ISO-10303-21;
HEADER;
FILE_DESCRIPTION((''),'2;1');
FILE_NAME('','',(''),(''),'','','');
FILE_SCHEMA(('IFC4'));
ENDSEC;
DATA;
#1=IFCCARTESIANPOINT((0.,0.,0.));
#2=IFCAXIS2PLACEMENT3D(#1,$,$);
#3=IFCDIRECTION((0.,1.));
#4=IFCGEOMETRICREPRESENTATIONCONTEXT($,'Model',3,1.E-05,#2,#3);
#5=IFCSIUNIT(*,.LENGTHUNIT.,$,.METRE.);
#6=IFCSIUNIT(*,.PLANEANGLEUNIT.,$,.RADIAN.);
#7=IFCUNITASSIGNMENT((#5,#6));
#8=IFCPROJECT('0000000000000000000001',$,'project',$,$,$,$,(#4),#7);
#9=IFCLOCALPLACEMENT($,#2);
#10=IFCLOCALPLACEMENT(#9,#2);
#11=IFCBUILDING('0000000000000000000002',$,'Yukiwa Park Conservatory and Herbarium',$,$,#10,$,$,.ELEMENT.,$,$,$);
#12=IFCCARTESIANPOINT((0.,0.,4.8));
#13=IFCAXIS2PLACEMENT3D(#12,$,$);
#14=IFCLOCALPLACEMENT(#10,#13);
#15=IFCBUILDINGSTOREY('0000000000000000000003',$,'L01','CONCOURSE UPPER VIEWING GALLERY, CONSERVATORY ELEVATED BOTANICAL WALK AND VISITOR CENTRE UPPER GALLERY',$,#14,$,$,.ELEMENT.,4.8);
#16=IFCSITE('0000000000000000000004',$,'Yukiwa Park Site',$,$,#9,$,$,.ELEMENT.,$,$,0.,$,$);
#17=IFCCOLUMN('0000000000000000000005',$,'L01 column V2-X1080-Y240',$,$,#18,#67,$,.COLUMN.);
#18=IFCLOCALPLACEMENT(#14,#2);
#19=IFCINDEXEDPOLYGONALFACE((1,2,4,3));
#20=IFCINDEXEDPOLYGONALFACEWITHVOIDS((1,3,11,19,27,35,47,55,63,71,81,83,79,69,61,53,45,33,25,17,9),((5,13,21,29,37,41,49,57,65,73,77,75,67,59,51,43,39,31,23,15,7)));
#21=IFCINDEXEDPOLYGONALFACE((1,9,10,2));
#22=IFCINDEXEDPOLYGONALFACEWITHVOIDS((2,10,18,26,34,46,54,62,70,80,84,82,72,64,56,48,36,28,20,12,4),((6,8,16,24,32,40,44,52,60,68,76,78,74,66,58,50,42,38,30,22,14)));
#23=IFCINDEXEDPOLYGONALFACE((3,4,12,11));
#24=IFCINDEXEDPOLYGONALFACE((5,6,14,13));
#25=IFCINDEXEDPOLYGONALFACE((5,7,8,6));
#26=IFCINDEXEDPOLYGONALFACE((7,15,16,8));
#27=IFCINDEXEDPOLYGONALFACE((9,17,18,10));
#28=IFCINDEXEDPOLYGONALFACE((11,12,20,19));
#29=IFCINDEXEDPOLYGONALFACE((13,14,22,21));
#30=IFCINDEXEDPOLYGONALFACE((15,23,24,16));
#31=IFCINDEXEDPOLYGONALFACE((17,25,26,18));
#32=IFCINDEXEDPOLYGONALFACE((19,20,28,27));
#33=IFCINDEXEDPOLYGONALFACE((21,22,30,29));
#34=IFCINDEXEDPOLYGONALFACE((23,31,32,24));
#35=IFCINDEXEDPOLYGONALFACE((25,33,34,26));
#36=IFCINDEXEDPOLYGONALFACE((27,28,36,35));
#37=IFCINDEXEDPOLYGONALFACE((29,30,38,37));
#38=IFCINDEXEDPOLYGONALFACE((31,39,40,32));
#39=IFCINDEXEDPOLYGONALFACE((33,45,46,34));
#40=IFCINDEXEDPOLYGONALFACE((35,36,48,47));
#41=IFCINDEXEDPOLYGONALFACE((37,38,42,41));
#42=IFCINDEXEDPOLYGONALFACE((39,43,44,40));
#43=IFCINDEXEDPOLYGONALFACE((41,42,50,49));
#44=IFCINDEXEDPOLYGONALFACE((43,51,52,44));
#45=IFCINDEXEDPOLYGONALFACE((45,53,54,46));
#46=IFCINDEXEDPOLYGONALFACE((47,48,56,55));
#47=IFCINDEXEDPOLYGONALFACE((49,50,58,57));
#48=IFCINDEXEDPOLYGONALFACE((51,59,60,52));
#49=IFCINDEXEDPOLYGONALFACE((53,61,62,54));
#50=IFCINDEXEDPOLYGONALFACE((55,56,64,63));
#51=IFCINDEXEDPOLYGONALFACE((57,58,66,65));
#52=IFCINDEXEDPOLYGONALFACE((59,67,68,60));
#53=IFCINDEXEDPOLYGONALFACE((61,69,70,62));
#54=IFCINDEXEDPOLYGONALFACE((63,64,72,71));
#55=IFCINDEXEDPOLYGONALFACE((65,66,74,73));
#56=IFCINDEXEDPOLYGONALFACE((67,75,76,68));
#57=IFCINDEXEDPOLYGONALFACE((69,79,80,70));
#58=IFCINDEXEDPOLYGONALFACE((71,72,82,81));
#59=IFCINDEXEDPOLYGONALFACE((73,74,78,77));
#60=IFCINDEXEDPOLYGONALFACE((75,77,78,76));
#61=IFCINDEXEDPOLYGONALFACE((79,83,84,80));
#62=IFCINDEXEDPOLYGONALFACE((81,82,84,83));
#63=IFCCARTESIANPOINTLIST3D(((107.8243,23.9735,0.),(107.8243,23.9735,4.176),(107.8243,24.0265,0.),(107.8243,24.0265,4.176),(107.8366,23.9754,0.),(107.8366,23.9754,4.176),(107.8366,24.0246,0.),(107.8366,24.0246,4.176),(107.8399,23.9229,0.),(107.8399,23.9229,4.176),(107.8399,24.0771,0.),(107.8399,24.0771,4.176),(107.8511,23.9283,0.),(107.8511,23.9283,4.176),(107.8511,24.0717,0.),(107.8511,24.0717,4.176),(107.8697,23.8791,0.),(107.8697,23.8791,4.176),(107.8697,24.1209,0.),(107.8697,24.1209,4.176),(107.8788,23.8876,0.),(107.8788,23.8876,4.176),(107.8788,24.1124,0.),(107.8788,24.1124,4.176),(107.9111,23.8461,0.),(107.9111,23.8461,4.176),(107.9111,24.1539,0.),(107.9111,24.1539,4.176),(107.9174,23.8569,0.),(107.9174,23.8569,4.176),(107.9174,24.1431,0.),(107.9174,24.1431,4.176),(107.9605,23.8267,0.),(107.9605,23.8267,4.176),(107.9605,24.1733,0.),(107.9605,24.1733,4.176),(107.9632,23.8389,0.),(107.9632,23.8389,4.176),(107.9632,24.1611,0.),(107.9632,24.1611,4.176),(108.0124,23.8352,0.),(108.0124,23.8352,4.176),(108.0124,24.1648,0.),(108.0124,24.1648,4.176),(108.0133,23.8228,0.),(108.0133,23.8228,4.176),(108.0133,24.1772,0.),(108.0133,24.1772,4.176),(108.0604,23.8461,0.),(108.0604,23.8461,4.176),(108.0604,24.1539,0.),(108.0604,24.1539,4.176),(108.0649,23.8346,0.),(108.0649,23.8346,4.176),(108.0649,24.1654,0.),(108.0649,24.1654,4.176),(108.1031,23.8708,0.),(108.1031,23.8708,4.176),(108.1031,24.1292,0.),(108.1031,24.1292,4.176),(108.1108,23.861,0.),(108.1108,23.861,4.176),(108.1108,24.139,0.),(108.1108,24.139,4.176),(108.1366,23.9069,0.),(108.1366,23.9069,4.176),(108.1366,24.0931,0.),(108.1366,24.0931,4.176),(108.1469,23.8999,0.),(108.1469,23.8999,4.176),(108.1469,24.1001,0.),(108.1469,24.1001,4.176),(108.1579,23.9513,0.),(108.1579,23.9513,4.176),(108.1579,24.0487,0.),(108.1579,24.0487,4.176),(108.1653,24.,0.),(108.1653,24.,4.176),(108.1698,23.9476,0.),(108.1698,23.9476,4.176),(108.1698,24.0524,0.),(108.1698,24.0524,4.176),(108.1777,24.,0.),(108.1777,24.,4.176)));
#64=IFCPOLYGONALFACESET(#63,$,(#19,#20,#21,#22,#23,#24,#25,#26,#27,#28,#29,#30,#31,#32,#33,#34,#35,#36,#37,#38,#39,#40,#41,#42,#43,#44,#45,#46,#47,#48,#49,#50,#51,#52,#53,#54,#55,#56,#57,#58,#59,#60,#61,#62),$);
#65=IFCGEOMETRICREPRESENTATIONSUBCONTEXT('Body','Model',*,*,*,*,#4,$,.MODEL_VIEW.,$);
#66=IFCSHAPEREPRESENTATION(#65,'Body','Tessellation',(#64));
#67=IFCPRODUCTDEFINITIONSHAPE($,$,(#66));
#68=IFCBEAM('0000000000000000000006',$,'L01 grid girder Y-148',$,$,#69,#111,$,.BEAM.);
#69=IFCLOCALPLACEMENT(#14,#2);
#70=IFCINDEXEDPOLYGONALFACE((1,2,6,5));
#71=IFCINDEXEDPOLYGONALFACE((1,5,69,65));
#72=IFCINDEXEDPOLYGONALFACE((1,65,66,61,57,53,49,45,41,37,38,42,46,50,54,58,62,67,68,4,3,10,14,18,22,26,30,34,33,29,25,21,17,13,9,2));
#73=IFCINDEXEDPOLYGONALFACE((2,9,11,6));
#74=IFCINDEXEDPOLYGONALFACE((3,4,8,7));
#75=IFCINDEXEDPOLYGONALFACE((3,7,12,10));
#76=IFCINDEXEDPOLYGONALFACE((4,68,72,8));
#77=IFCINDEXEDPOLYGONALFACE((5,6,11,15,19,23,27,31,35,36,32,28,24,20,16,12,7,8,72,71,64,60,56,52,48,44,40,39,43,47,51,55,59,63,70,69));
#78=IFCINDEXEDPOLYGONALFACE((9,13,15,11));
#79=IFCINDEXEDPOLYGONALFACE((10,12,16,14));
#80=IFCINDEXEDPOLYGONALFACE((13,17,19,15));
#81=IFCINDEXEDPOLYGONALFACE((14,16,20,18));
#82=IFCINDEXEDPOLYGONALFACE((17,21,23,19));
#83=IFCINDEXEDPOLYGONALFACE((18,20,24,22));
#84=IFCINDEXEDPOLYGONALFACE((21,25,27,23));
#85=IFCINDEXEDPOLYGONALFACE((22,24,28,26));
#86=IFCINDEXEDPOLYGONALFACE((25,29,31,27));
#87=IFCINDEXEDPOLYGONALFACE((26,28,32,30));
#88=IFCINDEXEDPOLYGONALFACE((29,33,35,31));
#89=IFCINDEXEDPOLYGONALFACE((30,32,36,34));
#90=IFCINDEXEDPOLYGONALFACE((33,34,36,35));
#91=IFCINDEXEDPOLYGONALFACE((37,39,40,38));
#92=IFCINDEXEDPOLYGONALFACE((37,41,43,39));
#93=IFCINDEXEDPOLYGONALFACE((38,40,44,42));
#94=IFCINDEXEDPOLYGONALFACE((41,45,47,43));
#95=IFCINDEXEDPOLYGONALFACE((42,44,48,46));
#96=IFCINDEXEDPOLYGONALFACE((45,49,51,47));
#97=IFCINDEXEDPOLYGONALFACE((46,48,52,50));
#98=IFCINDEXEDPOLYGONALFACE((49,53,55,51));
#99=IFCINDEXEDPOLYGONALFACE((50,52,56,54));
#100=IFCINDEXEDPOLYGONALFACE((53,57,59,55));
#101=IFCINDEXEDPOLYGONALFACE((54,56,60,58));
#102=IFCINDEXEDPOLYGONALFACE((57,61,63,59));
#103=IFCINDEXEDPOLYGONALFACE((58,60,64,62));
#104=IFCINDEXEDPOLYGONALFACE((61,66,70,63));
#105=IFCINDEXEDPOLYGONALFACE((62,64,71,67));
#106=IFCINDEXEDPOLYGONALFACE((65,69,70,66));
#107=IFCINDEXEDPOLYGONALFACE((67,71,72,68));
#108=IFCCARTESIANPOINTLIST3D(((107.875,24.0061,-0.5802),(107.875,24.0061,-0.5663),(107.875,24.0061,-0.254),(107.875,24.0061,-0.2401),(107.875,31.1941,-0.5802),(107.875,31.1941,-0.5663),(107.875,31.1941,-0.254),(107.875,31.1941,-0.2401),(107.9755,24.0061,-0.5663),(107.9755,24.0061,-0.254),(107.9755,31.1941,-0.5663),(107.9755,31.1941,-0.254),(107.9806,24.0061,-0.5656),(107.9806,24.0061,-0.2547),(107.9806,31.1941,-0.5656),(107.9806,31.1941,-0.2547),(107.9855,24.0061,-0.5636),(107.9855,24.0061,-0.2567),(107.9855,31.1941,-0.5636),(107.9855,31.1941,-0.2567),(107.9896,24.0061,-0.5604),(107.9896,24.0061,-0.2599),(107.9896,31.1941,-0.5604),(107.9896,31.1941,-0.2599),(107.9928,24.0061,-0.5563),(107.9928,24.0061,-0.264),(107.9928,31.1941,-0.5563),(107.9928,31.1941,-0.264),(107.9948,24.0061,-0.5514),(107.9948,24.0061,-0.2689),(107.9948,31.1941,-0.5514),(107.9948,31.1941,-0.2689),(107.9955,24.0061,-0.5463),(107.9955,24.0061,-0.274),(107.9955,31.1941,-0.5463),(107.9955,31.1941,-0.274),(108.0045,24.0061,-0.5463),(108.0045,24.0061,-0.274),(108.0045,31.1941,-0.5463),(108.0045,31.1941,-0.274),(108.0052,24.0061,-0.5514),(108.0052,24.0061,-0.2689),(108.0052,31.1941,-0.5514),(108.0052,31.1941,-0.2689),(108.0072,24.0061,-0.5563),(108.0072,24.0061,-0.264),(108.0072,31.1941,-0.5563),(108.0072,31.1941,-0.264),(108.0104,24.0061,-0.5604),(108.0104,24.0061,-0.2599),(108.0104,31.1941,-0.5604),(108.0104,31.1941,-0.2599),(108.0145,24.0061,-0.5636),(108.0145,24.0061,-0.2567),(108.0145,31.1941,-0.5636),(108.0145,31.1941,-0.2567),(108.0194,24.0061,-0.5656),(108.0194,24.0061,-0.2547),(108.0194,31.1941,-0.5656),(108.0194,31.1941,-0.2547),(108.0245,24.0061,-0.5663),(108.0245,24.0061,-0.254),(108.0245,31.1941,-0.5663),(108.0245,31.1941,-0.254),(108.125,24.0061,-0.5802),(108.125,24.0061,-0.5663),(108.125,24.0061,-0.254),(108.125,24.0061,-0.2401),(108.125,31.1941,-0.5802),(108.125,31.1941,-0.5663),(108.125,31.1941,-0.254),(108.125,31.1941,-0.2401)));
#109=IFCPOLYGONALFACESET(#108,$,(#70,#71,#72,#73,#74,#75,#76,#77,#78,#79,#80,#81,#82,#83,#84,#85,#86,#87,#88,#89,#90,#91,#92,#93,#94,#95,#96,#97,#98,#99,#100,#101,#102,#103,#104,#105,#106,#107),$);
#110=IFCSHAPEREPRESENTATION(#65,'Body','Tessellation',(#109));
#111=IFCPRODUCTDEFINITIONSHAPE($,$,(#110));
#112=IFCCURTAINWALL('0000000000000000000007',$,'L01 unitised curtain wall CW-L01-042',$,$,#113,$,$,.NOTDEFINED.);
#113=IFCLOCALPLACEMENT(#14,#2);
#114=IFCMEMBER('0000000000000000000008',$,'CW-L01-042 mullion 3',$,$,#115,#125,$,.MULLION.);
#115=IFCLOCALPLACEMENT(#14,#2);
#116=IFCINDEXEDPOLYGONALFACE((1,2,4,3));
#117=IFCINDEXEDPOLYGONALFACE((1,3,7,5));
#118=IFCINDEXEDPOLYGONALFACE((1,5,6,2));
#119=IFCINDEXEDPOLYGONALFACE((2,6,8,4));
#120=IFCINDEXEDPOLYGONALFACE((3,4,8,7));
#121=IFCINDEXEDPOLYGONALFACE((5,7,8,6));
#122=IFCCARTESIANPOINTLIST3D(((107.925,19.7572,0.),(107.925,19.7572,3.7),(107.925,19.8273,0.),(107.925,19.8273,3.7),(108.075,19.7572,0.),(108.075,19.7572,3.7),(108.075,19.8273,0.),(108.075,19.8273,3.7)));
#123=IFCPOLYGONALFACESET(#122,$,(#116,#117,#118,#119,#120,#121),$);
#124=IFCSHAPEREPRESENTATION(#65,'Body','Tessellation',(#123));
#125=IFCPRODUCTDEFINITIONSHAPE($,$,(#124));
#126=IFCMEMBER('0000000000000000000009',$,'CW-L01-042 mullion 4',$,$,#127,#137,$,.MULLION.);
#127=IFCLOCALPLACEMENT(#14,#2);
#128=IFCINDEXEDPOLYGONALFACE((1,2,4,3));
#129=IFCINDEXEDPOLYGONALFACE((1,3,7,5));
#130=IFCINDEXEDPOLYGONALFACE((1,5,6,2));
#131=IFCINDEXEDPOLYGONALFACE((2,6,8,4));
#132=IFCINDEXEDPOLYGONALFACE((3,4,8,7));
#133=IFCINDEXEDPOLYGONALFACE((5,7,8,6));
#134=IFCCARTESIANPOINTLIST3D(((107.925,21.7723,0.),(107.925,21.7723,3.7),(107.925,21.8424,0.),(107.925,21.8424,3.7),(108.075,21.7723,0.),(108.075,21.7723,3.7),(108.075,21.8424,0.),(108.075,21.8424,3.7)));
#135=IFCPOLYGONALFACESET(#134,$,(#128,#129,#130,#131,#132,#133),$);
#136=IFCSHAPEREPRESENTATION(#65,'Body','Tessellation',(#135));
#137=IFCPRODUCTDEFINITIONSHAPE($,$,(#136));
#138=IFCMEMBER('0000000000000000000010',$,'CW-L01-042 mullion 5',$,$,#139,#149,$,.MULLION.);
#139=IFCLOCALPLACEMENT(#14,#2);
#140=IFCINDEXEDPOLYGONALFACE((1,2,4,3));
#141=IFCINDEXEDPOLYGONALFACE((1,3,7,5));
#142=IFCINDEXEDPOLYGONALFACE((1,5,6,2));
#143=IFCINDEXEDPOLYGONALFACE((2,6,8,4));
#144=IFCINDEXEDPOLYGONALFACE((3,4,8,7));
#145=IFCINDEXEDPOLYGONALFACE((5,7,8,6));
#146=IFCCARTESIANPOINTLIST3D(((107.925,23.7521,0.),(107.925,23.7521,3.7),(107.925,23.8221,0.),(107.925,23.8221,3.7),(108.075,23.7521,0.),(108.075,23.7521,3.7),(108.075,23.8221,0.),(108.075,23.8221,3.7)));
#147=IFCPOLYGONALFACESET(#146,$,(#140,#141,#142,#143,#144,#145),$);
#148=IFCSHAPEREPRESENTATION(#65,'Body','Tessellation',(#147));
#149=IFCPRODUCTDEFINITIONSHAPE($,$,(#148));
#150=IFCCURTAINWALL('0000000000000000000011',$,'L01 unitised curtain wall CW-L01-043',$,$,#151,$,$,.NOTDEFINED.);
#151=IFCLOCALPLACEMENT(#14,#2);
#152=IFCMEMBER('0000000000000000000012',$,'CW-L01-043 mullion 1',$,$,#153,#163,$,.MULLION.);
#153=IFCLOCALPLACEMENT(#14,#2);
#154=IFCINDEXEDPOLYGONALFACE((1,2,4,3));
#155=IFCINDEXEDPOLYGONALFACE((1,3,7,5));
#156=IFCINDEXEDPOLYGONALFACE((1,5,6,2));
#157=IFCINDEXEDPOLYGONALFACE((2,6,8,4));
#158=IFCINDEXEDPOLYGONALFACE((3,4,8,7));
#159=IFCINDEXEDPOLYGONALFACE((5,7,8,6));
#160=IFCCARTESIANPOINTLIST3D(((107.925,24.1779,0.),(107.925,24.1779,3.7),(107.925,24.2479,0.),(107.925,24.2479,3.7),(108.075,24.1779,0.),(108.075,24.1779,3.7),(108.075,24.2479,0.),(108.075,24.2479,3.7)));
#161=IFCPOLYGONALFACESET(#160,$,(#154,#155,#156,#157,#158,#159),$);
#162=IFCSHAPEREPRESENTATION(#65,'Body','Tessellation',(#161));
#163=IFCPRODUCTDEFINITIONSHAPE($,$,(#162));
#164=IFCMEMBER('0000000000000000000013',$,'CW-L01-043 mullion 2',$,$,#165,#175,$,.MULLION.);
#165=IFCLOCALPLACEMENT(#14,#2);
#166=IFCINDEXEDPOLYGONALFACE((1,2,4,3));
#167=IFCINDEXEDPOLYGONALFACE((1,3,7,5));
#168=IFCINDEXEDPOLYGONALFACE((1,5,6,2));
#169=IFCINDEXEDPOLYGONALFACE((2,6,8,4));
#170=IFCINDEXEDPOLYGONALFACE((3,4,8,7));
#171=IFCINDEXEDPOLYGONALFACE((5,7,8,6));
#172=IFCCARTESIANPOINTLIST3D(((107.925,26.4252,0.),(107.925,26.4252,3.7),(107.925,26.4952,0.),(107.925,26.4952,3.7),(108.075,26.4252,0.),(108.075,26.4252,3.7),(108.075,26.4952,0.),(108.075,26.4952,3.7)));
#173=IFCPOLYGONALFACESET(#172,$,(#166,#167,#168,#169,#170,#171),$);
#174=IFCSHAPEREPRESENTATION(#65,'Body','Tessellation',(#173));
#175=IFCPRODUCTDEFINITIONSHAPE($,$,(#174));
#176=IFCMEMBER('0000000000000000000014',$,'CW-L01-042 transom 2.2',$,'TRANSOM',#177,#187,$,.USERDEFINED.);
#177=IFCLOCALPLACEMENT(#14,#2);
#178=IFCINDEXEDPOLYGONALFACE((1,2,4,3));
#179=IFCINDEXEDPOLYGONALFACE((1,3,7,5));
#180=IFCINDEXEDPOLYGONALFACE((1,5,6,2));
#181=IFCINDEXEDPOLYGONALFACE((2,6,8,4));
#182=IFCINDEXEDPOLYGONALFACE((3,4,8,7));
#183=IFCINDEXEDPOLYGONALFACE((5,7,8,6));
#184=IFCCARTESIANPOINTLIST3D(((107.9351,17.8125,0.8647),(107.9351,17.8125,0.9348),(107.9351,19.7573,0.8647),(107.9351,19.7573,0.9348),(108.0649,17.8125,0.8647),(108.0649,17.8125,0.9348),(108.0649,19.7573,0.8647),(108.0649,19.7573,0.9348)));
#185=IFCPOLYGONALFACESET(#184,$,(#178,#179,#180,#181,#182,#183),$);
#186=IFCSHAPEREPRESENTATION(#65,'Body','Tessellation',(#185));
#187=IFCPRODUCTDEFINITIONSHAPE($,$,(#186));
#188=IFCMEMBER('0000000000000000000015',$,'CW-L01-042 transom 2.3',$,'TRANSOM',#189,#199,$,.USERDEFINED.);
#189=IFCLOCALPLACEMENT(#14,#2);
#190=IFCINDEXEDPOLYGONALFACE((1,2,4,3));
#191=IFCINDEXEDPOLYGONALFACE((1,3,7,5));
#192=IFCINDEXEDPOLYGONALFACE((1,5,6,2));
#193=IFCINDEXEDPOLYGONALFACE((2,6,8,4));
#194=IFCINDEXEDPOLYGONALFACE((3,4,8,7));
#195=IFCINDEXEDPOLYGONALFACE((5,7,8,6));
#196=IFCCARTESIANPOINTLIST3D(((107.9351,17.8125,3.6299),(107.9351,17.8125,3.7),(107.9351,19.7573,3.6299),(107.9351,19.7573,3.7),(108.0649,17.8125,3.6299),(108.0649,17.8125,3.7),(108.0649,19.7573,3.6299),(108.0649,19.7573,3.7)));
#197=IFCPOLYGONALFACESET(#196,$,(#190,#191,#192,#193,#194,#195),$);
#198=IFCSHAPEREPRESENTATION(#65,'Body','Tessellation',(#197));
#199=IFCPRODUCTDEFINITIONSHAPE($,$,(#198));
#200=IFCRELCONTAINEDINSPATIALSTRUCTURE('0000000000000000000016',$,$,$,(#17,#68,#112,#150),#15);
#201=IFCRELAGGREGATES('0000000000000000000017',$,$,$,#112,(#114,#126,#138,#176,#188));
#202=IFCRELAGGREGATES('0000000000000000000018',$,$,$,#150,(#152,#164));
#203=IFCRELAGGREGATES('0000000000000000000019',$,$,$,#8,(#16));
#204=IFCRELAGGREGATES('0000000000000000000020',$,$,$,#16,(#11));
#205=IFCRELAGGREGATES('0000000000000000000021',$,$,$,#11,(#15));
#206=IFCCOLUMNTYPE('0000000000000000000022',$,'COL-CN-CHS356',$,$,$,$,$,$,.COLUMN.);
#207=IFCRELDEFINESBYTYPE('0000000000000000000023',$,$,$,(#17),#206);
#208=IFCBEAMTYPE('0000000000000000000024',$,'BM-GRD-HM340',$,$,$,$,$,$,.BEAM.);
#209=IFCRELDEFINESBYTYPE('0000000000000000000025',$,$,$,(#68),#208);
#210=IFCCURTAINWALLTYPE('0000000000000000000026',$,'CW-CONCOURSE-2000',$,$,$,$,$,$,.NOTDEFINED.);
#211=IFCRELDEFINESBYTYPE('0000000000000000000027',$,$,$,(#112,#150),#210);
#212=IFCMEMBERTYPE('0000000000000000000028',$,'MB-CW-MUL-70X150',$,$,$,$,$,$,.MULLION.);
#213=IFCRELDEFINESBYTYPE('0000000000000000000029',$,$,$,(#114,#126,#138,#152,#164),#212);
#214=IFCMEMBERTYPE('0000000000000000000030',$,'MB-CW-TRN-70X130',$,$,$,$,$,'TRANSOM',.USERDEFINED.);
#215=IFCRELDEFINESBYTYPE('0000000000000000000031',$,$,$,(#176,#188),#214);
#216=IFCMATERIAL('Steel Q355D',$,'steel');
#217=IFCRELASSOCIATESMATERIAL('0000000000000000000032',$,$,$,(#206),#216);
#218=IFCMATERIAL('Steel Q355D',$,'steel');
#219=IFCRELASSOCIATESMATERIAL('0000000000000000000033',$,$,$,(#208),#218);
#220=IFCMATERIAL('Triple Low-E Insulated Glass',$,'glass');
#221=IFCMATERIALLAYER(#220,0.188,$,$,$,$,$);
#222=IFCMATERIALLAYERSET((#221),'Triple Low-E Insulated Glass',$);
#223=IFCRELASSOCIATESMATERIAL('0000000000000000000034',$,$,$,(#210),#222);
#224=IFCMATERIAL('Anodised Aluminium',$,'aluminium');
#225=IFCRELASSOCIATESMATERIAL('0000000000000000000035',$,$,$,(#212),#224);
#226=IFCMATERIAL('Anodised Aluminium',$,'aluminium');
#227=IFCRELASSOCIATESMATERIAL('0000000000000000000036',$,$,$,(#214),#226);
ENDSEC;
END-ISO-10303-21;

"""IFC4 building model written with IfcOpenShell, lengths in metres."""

from ifc_helpers import new_model, si_unit, direction, frame, origin, origin_2d, place, context, subcontext, project, spatial, rectangle, hollow_circle, i_section, extrude, material, layer, layer_set, material_profile, profile_set, type_object, element, aggregate, save


model = new_model("IFC4")

# Units and contexts
model_context = context("Model", 3, precision=1e-05, world=origin(), true_north=direction((0.0, 1.0)))
body_context = subcontext(model_context, "Body", "Model", "MODEL_VIEW")
ifc_project = project(units=[si_unit("LENGTHUNIT", "METRE"), si_unit("PLANEANGLEUNIT", "RADIAN")], contexts=[model_context])

# Site, building, storey
site_placement = place(None, origin())
site = spatial("IfcSite", under=ifc_project, at=site_placement, Name="Yukiwa Park Site", CompositionType="ELEMENT", RefElevation=0.0)
building_placement = place(site_placement, origin())
building = spatial("IfcBuilding", under=site, at=building_placement, Name="Yukiwa Park Conservatory and Herbarium", CompositionType="ELEMENT")
storey_placement = place(building_placement, frame((0.0, 0.0, 4.8)))
storey = spatial("IfcBuildingStorey", under=building, at=storey_placement, Name="L01", Description="CONCOURSE UPPER VIEWING GALLERY, CONSERVATORY ELEVATED BOTANICAL WALK AND VISITOR CENTRE UPPER GALLERY", CompositionType="ELEMENT", Elevation=4.8)

# Column
ifc_material_1 = material(Name="Steel Q355D", Category="steel")
ifc_material_profile_1 = material_profile(ifc_material_1, hollow_circle(Radius=0.1777, WallThickness=0.0125, at=origin_2d()), Name="CHS 355.6x12.5")
ifc_profile_set_1 = profile_set([ifc_material_profile_1], Name="Steel Q355D")
column_type = type_object("IfcColumnType", Name="COL-CN-CHS356", PredefinedType="COLUMN", material=ifc_profile_set_1)
column_placement = place(storey_placement, frame((108.0, 24.0, 0.0), z_axis=(0.0, 0.0, 1.0), x_axis=(1.0, 0.0, 0.0)))
element("IfcColumn", 1, at=column_placement, inside=storey, type_object=column_type, Name="L01 column V2-X1080-Y240", PredefinedType="COLUMN", context=body_context, shape_type="SweptSolid", body=[
    extrude(hollow_circle(Radius=0.1777, WallThickness=0.0125, at=origin_2d()), origin(), (0.0, 0.0, 1.0), 4.176),
])

# Beam
ifc_material_2 = material(Name="Steel Q355D", Category="steel")
ifc_material_profile_2 = material_profile(ifc_material_2, i_section(OverallWidth=0.25, OverallDepth=0.3401, WebThickness=0.009, FlangeThickness=0.0139, FilletRadius=0.02, at=origin_2d()), Name="HM 340x250x9x14")
ifc_profile_set_2 = profile_set([ifc_material_profile_2], Name="Steel Q355D")
beam_type = type_object("IfcBeamType", Name="BM-GRD-HM340", PredefinedType="BEAM", material=ifc_profile_set_2)
beam_placement = place(storey_placement, frame((108.0, 24.0061, -0.4102), z_axis=(0.0, 1.0, 0.0), x_axis=(-1.0, 0.0, 0.0)))
element("IfcBeam", 2, at=beam_placement, inside=storey, type_object=beam_type, Name="L01 grid girder Y-148", PredefinedType="BEAM", context=body_context, shape_type="SweptSolid", body=[
    extrude(i_section(OverallWidth=0.25, OverallDepth=0.3401, WebThickness=0.009, FlangeThickness=0.0139, FilletRadius=0.02, at=origin_2d()), origin(), (0.0, 0.0, 1.0), 7.188),
])

# Curtain walls, members
ifc_material_3 = material(Name="Triple Low-E Insulated Glass", Category="glass")
ifc_layer_1 = layer(ifc_material_3, 0.188)
ifc_layer_set_1 = layer_set([ifc_layer_1], Name="Triple Low-E Insulated Glass")
curtain_wall_type = type_object("IfcCurtainWallType", Name="CW-CONCOURSE-2000", PredefinedType="NOTDEFINED", material=ifc_layer_set_1)
curtain_wall_1_placement = place(storey_placement, origin())
curtain_wall_1 = element("IfcCurtainWall", 3, at=curtain_wall_1_placement, inside=storey, type_object=curtain_wall_type, Name="L01 unitised curtain wall CW-L01-042", PredefinedType="NOTDEFINED")
ifc_material_4 = material(Name="Anodised Aluminium", Category="aluminium")
member_type_1 = type_object("IfcMemberType", Name="MB-CW-MUL-70X150", PredefinedType="MULLION", material=ifc_material_4)
member_1_placement = place(storey_placement, frame((108.0, 19.7922, 0.0), z_axis=(0.0, 0.0, 1.0), x_axis=(0.0, 1.0, 0.0)))
member_1 = element("IfcMember", 4, at=member_1_placement, type_object=member_type_1, Name="CW-L01-042 mullion 3", PredefinedType="MULLION", context=body_context, shape_type="SweptSolid", body=[
    extrude(rectangle(XDim=0.0701, YDim=0.1499, at=origin_2d()), origin(), (0.0, 0.0, 1.0), 3.7),
])
member_2_placement = place(storey_placement, frame((108.0, 21.8074, 0.0), z_axis=(0.0, 0.0, 1.0), x_axis=(0.0, 1.0, 0.0)))
member_2 = element("IfcMember", 5, at=member_2_placement, type_object=member_type_1, Name="CW-L01-042 mullion 4", PredefinedType="MULLION", context=body_context, shape_type="SweptSolid", body=[
    extrude(rectangle(XDim=0.0701, YDim=0.1499, at=origin_2d()), origin(), (0.0, 0.0, 1.0), 3.7),
])
member_3_placement = place(storey_placement, frame((108.0, 23.7871, 0.0), z_axis=(0.0, 0.0, 1.0), x_axis=(0.0, 1.0, 0.0)))
member_3 = element("IfcMember", 6, at=member_3_placement, type_object=member_type_1, Name="CW-L01-042 mullion 5", PredefinedType="MULLION", context=body_context, shape_type="SweptSolid", body=[
    extrude(rectangle(XDim=0.0701, YDim=0.1499, at=origin_2d()), origin(), (0.0, 0.0, 1.0), 3.7),
])
curtain_wall_2_placement = place(storey_placement, origin())
curtain_wall_2 = element("IfcCurtainWall", 7, at=curtain_wall_2_placement, inside=storey, type_object=curtain_wall_type, Name="L01 unitised curtain wall CW-L01-043", PredefinedType="NOTDEFINED")
member_4_placement = place(storey_placement, frame((108.0, 24.2129, 0.0), z_axis=(0.0, 0.0, 1.0), x_axis=(0.0, 1.0, 0.0)))
member_4 = element("IfcMember", 8, at=member_4_placement, type_object=member_type_1, Name="CW-L01-043 mullion 1", PredefinedType="MULLION", context=body_context, shape_type="SweptSolid", body=[
    extrude(rectangle(XDim=0.0701, YDim=0.1499, at=origin_2d()), origin(), (0.0, 0.0, 1.0), 3.7),
])
member_5_placement = place(storey_placement, frame((108.0, 26.4602, 0.0), z_axis=(0.0, 0.0, 1.0), x_axis=(0.0, 1.0, 0.0)))
member_5 = element("IfcMember", 9, at=member_5_placement, type_object=member_type_1, Name="CW-L01-043 mullion 2", PredefinedType="MULLION", context=body_context, shape_type="SweptSolid", body=[
    extrude(rectangle(XDim=0.0701, YDim=0.1499, at=origin_2d()), origin(), (0.0, 0.0, 1.0), 3.7),
])

# Members
ifc_material_5 = material(Name="Anodised Aluminium", Category="aluminium")
member_type_2 = type_object("IfcMemberType", Name="MB-CW-TRN-70X130", ElementType="TRANSOM", PredefinedType="USERDEFINED", material=ifc_material_5)
member_6_placement = place(storey_placement, frame((108.0, 18.7849, 0.8647), z_axis=(0.0, 0.0, 1.0), x_axis=(0.0, 1.0, 0.0)))
member_6 = element("IfcMember", 10, at=member_6_placement, type_object=member_type_2, Name="CW-L01-042 transom 2.2", ObjectType="TRANSOM", PredefinedType="USERDEFINED", context=body_context, shape_type="SweptSolid", body=[
    extrude(rectangle(XDim=1.9448, YDim=0.1299, at=origin_2d()), origin(), (0.0, 0.0, 1.0), 0.0701),
])
member_7_placement = place(storey_placement, frame((108.0, 18.7849, 3.6299), z_axis=(0.0, 0.0, 1.0), x_axis=(0.0, 1.0, 0.0)))
member_7 = element("IfcMember", 11, at=member_7_placement, type_object=member_type_2, Name="CW-L01-042 transom 2.3", ObjectType="TRANSOM", PredefinedType="USERDEFINED", context=body_context, shape_type="SweptSolid", body=[
    extrude(rectangle(XDim=1.9448, YDim=0.1299, at=origin_2d()), origin(), (0.0, 0.0, 1.0), 0.0701),
])

aggregate(curtain_wall_1, [member_1, member_2, member_3, member_6, member_7])
aggregate(curtain_wall_2, [member_4, member_5])

save(model, "model.ifc")
